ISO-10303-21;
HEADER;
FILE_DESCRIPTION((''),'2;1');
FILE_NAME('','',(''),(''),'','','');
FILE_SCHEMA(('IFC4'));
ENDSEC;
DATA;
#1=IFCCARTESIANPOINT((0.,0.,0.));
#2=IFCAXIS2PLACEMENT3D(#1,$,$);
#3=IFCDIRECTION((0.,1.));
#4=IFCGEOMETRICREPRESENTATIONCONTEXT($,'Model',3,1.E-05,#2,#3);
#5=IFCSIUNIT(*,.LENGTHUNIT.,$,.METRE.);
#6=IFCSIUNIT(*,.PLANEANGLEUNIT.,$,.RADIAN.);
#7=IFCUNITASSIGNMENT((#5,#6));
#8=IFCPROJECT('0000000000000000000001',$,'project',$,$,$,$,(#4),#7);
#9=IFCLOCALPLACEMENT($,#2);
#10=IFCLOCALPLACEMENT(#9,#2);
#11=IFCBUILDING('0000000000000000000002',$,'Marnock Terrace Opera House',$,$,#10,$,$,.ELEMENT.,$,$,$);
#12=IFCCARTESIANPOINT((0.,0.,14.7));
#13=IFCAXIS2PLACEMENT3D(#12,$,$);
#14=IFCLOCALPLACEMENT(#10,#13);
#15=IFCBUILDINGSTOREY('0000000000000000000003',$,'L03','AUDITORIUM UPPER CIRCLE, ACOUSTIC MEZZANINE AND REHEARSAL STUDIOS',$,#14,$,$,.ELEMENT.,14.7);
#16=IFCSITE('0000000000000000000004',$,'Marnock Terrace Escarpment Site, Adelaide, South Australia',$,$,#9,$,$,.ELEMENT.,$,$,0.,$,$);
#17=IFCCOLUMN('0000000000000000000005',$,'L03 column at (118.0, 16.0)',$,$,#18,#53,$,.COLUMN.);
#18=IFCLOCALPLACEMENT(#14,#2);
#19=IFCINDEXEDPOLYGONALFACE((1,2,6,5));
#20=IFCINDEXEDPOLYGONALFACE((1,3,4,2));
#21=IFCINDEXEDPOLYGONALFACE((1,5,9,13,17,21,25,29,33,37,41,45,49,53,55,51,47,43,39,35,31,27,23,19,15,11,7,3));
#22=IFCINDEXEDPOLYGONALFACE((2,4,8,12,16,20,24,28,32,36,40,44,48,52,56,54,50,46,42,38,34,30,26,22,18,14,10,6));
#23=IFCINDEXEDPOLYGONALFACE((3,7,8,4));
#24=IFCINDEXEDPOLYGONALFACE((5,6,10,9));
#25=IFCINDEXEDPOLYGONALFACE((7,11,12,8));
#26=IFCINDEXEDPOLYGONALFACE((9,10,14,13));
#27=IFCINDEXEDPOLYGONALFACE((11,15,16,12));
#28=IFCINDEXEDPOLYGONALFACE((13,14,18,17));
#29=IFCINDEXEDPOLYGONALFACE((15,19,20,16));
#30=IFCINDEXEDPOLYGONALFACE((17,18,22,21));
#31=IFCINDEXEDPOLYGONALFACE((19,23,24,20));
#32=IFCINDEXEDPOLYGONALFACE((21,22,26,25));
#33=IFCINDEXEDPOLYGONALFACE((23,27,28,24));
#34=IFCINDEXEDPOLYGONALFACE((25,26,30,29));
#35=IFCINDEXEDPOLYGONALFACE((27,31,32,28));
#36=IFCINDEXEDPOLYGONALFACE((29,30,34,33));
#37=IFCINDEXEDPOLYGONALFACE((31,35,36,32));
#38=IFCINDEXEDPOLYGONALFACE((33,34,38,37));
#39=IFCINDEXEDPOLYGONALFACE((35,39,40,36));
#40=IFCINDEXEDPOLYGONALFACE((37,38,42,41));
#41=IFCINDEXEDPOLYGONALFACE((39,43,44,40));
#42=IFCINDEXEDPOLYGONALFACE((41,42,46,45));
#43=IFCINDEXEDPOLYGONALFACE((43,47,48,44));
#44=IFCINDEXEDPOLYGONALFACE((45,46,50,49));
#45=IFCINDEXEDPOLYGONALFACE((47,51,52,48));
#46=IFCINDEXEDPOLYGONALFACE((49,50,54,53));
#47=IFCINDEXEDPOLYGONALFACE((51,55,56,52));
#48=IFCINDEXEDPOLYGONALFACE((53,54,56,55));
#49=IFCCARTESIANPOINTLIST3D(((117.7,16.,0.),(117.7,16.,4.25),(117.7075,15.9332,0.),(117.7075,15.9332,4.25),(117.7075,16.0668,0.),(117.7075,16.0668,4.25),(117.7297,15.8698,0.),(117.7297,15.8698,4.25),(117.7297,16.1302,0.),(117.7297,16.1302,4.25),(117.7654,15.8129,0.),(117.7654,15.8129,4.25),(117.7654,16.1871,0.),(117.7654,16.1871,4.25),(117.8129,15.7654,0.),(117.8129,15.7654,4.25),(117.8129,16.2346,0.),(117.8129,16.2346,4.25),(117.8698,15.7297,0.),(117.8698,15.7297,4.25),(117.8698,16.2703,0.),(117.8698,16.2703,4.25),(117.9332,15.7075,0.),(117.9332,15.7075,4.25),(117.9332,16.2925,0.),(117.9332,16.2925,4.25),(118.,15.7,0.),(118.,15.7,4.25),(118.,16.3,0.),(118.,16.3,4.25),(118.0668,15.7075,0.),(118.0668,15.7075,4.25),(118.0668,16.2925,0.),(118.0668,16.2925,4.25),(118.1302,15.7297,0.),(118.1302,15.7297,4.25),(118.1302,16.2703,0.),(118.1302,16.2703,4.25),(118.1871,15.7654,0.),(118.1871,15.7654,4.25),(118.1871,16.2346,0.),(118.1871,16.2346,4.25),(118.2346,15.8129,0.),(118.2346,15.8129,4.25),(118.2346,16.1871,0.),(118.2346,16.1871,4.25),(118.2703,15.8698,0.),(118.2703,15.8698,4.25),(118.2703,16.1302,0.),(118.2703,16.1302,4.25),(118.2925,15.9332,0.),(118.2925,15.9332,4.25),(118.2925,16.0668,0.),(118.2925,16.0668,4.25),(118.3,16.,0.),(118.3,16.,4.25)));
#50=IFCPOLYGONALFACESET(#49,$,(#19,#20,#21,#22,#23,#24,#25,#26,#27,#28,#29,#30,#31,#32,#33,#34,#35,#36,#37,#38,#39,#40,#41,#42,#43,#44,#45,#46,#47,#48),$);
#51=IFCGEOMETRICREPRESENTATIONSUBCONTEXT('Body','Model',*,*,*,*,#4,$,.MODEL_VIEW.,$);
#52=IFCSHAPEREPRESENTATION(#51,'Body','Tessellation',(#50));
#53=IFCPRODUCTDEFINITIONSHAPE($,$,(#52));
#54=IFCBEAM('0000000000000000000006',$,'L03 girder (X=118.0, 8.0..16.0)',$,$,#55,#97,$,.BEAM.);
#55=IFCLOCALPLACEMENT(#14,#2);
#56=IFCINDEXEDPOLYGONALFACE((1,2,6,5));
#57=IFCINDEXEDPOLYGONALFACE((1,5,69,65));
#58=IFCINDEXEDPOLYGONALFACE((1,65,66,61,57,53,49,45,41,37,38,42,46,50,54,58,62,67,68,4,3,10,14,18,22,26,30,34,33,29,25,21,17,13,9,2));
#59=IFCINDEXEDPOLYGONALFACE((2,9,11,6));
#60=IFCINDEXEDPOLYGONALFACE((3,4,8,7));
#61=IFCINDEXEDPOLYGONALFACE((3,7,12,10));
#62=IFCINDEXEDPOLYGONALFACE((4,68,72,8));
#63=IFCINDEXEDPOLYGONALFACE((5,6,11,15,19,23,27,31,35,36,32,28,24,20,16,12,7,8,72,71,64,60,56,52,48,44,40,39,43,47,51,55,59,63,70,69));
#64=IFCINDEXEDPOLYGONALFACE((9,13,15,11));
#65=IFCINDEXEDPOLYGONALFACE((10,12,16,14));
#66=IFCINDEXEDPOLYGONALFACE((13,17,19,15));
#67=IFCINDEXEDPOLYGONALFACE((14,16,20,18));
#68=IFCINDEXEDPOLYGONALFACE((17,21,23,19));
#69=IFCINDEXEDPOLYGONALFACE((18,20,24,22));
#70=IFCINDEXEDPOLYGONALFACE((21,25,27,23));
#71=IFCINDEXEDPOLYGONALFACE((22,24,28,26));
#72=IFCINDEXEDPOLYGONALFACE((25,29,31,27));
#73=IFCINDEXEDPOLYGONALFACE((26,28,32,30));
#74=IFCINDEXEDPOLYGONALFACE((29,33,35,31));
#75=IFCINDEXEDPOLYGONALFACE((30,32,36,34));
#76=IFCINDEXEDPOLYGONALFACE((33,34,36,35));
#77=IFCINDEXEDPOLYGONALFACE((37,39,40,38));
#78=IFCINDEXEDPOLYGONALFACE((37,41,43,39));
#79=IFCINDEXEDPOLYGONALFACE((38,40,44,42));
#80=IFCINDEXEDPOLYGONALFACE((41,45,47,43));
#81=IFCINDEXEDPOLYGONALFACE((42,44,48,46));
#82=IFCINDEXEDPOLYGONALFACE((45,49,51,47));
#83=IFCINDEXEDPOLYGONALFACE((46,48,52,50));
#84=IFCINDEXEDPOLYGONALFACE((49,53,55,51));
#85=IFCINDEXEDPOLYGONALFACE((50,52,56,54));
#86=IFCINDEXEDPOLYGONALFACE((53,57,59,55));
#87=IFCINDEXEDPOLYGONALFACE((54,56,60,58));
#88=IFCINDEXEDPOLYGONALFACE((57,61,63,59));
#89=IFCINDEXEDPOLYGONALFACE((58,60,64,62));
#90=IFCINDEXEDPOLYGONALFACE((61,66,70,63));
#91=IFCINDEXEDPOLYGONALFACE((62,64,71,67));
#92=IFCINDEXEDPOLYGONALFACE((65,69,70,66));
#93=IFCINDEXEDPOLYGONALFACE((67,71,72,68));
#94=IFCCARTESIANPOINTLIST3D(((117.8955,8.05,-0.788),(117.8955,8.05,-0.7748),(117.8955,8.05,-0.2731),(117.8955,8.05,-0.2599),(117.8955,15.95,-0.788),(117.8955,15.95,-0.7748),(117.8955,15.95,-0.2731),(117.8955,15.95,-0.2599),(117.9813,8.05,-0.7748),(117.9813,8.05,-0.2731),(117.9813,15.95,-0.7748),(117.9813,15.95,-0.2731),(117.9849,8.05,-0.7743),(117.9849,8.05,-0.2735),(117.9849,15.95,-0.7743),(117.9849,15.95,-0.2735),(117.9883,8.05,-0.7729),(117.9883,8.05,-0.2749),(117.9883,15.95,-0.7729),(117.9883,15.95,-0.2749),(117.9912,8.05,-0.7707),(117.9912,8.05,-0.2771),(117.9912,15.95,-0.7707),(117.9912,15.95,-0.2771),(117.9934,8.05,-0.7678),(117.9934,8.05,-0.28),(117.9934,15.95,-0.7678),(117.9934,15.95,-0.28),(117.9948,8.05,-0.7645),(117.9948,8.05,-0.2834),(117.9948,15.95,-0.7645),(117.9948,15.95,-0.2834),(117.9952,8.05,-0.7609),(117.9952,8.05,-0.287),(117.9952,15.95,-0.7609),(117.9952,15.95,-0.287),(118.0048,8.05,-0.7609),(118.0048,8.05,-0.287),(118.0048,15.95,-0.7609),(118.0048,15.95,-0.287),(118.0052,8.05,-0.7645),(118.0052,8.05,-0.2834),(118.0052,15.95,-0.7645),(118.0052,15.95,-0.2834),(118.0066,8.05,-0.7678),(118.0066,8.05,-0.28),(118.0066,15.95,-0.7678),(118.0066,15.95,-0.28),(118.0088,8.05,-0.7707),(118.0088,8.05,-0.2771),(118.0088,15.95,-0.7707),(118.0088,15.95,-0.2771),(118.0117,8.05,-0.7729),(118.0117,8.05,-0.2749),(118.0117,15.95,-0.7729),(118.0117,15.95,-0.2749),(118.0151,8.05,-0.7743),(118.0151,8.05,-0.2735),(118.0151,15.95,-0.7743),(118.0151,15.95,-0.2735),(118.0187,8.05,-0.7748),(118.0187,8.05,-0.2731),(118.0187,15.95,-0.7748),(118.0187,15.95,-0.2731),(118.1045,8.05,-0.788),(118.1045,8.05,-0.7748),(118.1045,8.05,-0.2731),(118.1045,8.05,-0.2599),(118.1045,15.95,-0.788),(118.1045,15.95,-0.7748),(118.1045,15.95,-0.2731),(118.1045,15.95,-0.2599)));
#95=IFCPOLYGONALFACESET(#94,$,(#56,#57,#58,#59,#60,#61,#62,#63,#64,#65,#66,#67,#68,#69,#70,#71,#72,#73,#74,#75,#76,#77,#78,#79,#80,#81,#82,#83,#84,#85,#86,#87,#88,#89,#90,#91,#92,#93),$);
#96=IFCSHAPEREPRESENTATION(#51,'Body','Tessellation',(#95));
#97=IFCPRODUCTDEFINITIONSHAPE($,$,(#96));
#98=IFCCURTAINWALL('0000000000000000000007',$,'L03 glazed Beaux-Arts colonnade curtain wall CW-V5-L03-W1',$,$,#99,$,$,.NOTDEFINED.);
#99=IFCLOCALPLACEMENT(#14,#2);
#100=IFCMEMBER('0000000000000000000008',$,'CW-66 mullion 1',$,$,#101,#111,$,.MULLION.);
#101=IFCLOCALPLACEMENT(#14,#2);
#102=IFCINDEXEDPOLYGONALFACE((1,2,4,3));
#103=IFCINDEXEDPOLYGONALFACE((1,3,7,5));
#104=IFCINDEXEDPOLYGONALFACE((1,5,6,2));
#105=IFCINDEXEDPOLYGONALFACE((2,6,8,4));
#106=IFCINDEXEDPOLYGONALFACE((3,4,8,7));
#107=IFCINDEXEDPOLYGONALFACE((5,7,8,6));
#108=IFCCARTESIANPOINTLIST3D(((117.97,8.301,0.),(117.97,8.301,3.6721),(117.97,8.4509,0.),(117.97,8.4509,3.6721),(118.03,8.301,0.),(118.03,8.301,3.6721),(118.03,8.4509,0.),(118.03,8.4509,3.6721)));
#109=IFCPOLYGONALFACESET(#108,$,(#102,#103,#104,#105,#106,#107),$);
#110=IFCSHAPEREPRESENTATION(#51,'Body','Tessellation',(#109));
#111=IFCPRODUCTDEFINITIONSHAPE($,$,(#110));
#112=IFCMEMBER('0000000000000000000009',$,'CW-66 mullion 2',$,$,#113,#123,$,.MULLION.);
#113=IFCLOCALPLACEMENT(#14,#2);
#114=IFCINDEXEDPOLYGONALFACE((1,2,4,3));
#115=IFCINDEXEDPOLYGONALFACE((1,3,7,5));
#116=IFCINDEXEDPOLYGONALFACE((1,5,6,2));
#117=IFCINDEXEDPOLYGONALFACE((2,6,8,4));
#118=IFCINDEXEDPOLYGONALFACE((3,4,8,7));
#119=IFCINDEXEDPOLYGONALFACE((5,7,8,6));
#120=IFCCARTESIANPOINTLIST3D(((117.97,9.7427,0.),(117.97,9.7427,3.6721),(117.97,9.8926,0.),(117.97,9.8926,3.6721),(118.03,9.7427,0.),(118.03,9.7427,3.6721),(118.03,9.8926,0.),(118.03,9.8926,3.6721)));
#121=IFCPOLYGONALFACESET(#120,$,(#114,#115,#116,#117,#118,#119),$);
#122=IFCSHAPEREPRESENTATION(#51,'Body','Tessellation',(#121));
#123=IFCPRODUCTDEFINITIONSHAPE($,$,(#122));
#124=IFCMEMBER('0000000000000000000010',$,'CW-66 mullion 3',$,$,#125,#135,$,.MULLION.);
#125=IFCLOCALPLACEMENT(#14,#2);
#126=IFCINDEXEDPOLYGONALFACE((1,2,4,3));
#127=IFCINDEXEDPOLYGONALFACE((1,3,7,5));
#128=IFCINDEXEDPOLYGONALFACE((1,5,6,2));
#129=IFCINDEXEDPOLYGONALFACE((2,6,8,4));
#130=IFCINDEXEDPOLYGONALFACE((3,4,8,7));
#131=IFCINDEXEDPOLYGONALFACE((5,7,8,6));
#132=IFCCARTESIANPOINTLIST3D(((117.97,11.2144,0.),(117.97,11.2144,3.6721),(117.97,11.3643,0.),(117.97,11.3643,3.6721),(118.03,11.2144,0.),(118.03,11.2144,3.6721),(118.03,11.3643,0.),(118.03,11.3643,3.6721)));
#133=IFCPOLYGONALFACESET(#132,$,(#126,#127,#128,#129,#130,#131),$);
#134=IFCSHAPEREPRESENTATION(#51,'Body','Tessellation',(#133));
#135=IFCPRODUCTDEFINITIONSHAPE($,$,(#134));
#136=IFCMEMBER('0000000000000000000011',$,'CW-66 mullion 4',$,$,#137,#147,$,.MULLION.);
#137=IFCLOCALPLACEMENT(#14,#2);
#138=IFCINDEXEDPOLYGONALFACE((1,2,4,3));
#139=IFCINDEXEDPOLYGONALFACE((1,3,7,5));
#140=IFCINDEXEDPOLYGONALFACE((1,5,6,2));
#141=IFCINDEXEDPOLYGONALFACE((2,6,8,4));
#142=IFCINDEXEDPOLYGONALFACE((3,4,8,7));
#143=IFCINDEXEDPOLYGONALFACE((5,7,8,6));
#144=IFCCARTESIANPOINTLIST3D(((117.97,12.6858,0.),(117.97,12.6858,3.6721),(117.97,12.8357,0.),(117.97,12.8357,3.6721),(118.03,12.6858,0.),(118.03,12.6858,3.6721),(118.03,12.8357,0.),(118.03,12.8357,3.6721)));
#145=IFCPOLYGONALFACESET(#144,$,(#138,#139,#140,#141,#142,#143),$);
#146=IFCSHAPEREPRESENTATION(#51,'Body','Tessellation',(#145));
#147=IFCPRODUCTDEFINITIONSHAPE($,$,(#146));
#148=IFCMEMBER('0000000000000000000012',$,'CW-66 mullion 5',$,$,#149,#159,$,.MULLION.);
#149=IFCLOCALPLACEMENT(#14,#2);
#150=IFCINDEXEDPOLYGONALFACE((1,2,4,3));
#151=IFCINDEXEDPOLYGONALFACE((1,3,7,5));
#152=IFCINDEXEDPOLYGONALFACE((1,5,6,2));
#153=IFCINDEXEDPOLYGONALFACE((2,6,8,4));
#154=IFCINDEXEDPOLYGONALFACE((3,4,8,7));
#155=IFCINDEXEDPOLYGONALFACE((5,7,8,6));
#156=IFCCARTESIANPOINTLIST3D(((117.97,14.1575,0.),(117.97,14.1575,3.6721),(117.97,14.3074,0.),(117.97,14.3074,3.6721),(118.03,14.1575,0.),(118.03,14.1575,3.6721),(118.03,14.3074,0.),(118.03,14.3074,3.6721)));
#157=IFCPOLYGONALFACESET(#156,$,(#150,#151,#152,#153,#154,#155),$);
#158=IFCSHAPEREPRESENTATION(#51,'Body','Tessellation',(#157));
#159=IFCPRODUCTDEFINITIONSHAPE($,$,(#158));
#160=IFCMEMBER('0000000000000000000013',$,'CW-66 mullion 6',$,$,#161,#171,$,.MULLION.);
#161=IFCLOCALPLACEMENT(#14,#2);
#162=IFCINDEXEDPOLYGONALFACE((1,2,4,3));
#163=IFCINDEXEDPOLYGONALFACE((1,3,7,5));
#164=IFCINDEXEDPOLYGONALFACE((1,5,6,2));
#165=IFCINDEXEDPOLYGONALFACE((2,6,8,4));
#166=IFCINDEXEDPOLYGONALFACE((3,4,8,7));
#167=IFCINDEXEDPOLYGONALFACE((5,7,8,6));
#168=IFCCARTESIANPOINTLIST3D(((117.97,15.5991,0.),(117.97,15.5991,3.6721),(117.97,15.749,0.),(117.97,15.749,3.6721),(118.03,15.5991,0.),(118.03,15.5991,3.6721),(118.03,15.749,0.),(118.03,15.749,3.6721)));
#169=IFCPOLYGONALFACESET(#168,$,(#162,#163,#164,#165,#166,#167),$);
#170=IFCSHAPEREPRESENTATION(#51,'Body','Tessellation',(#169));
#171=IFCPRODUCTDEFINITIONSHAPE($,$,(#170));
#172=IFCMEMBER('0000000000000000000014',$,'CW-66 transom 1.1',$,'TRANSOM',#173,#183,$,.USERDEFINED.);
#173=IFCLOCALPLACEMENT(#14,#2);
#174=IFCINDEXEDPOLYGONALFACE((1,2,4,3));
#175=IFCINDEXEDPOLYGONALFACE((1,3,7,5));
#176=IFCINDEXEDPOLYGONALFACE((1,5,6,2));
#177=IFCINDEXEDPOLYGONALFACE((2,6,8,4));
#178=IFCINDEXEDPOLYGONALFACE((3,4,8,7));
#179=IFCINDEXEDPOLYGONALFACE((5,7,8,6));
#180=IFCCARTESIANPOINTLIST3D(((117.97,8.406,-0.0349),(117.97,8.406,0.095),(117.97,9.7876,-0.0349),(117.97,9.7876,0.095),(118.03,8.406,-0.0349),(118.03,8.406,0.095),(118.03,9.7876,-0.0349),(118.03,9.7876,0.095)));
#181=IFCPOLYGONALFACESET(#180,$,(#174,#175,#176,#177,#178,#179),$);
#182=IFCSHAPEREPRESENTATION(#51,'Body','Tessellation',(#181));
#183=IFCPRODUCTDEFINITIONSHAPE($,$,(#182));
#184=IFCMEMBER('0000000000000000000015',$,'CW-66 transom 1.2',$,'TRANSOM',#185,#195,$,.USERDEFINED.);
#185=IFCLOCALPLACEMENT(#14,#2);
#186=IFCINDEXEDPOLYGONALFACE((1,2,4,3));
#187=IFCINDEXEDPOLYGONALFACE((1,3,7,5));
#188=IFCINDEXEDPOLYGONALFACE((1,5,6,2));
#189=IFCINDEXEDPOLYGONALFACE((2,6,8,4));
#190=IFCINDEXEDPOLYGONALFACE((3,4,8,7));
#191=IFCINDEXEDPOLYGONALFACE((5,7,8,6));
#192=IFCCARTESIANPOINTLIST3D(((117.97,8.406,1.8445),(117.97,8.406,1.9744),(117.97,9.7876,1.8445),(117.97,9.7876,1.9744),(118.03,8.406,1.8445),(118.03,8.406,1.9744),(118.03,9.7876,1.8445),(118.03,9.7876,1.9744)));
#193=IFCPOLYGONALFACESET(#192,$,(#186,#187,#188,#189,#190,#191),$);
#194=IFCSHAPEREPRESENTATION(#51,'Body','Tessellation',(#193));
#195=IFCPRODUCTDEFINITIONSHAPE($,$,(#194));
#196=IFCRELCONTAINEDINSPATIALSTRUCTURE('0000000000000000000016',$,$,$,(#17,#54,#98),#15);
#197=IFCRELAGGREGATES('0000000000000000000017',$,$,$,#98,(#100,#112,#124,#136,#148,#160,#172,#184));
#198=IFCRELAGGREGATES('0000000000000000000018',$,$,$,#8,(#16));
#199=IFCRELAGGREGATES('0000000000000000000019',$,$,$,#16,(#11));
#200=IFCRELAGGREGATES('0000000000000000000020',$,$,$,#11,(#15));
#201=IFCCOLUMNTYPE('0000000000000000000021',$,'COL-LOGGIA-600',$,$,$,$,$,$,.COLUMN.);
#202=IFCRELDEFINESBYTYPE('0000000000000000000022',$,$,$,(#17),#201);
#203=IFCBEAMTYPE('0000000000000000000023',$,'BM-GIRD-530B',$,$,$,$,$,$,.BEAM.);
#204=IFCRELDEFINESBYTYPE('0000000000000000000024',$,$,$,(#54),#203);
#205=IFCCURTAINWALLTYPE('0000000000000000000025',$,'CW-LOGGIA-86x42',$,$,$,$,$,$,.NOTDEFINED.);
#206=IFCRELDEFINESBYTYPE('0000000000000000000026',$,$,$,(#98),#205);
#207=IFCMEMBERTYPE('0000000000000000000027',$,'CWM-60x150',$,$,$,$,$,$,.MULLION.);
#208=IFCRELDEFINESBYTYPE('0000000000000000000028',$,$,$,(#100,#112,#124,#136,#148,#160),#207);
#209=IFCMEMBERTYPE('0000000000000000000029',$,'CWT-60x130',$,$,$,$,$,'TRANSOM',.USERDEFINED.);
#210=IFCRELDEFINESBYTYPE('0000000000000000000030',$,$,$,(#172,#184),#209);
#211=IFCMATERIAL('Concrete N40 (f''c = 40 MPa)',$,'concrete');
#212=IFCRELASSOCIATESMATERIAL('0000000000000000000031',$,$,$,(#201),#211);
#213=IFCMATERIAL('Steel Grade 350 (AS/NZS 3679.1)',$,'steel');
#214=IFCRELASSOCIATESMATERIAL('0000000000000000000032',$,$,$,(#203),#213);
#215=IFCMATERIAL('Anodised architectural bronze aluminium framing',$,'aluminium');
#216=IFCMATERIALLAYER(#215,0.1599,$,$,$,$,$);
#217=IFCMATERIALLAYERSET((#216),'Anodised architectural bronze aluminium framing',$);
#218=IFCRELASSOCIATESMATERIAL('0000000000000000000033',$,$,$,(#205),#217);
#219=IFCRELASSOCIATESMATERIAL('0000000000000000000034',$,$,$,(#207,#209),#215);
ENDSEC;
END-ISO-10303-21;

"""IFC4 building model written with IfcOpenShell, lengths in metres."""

from ifc_helpers import new_model, si_unit, direction, frame, origin, origin_2d, place, context, subcontext, project, spatial, rectangle, circle, i_section, extrude, material, layer, layer_set, material_profile, profile_set, type_object, element, aggregate, save


model = new_model("IFC4")

# Units and contexts
model_context = context("Model", 3, precision=1e-05, world=origin(), true_north=direction((0.0, 1.0)))
body_context = subcontext(model_context, "Body", "Model", "MODEL_VIEW")
ifc_project = project(units=[si_unit("LENGTHUNIT", "METRE"), si_unit("PLANEANGLEUNIT", "RADIAN")], contexts=[model_context])

# Site, building, storey
site_placement = place(None, origin())
site = spatial("IfcSite", under=ifc_project, at=site_placement, Name="Marnock Terrace Escarpment Site, Adelaide, South Australia", CompositionType="ELEMENT", RefElevation=0.0)
building_placement = place(site_placement, origin())
building = spatial("IfcBuilding", under=site, at=building_placement, Name="Marnock Terrace Opera House", CompositionType="ELEMENT")
storey_placement = place(building_placement, frame((0.0, 0.0, 14.7)))
storey = spatial("IfcBuildingStorey", under=building, at=storey_placement, Name="L03", Description="AUDITORIUM UPPER CIRCLE, ACOUSTIC MEZZANINE AND REHEARSAL STUDIOS", CompositionType="ELEMENT", Elevation=14.7)

# Column
ifc_material_1 = material(Name="Concrete N40 (f'c = 40 MPa)", Category="concrete")
ifc_material_profile_1 = material_profile(ifc_material_1, circle(Radius=0.3, at=origin_2d()))
ifc_profile_set_1 = profile_set([ifc_material_profile_1], Name="Concrete N40 (f'c = 40 MPa)")
column_type = type_object("IfcColumnType", Name="COL-LOGGIA-600", PredefinedType="COLUMN", material=ifc_profile_set_1)
column_placement = place(storey_placement, frame((118.0, 16.0, 0.0), z_axis=(0.0, 0.0, 1.0), x_axis=(1.0, 0.0, 0.0)))
element("IfcColumn", 1, at=column_placement, inside=storey, type_object=column_type, Name="L03 column at (118.0, 16.0)", PredefinedType="COLUMN", context=body_context, shape_type="SweptSolid", body=[
    extrude(circle(Radius=0.3, at=origin_2d()), origin(), (0.0, 0.0, 1.0), 4.25),
])

# Beam
ifc_material_2 = material(Name="Steel Grade 350 (AS/NZS 3679.1)", Category="steel")
ifc_material_profile_2 = material_profile(ifc_material_2, i_section(OverallWidth=0.209, OverallDepth=0.5281, WebThickness=0.0095, FlangeThickness=0.0132, FilletRadius=0.0139, at=origin_2d()))
ifc_profile_set_2 = profile_set([ifc_material_profile_2], Name="Steel Grade 350 (AS/NZS 3679.1)")
beam_type = type_object("IfcBeamType", Name="BM-GIRD-530B", PredefinedType="BEAM", material=ifc_profile_set_2)
beam_placement = place(storey_placement, frame((118.0, 8.05, -0.5239), z_axis=(0.0, 1.0, 0.0), x_axis=(-1.0, 0.0, 0.0)))
element("IfcBeam", 2, at=beam_placement, inside=storey, type_object=beam_type, Name="L03 girder (X=118.0, 8.0..16.0)", PredefinedType="BEAM", context=body_context, shape_type="SweptSolid", body=[
    extrude(i_section(OverallWidth=0.209, OverallDepth=0.5281, WebThickness=0.0095, FlangeThickness=0.0132, FilletRadius=0.0139, at=origin_2d()), origin(), (0.0, 0.0, 1.0), 7.8999),
])

# Curtain wall, members
ifc_material_3 = material(Name="Anodised architectural bronze aluminium framing", Category="aluminium")
ifc_layer_1 = layer(ifc_material_3, 0.1599)
ifc_layer_set_1 = layer_set([ifc_layer_1], Name="Anodised architectural bronze aluminium framing")
curtain_wall_type = type_object("IfcCurtainWallType", Name="CW-LOGGIA-86x42", PredefinedType="NOTDEFINED", material=ifc_layer_set_1)
curtain_wall_placement = place(storey_placement, origin())
curtain_wall = element("IfcCurtainWall", 3, at=curtain_wall_placement, inside=storey, type_object=curtain_wall_type, Name="L03 glazed Beaux-Arts colonnade curtain wall CW-V5-L03-W1", PredefinedType="NOTDEFINED")
ifc_material_profile_3 = material_profile(ifc_material_3, rectangle(XDim=0.0601, YDim=0.1499, at=origin_2d()))
ifc_profile_set_3 = profile_set([ifc_material_profile_3], Name="Anodised architectural bronze aluminium framing")
member_type_1 = type_object("IfcMemberType", Name="CWM-60x150", PredefinedType="MULLION", material=ifc_profile_set_3)
member_1_placement = place(storey_placement, frame((118.0, 8.376, 0.0), z_axis=(0.0, 0.0, 1.0), x_axis=(-1.0, 0.0, 0.0)))
member_1 = element("IfcMember", 4, at=member_1_placement, type_object=member_type_1, Name="CW-66 mullion 1", PredefinedType="MULLION", context=body_context, shape_type="SweptSolid", body=[
    extrude(rectangle(XDim=0.0601, YDim=0.1499, at=origin_2d()), origin(), (0.0, 0.0, 1.0), 3.6721),
])
member_2_placement = place(storey_placement, frame((118.0, 9.8176, 0.0), z_axis=(0.0, 0.0, 1.0), x_axis=(-1.0, 0.0, 0.0)))
member_2 = element("IfcMember", 5, at=member_2_placement, type_object=member_type_1, Name="CW-66 mullion 2", PredefinedType="MULLION", context=body_context, shape_type="SweptSolid", body=[
    extrude(rectangle(XDim=0.0601, YDim=0.1499, at=origin_2d()), origin(), (0.0, 0.0, 1.0), 3.6721),
])
member_3_placement = place(storey_placement, frame((118.0, 11.2893, 0.0), z_axis=(0.0, 0.0, 1.0), x_axis=(-1.0, 0.0, 0.0)))
member_3 = element("IfcMember", 6, at=member_3_placement, type_object=member_type_1, Name="CW-66 mullion 3", PredefinedType="MULLION", context=body_context, shape_type="SweptSolid", body=[
    extrude(rectangle(XDim=0.0601, YDim=0.1499, at=origin_2d()), origin(), (0.0, 0.0, 1.0), 3.6721),
])
member_4_placement = place(storey_placement, frame((118.0, 12.7607, 0.0), z_axis=(0.0, 0.0, 1.0), x_axis=(-1.0, 0.0, 0.0)))
member_4 = element("IfcMember", 7, at=member_4_placement, type_object=member_type_1, Name="CW-66 mullion 4", PredefinedType="MULLION", context=body_context, shape_type="SweptSolid", body=[
    extrude(rectangle(XDim=0.0601, YDim=0.1499, at=origin_2d()), origin(), (0.0, 0.0, 1.0), 3.6721),
])
member_5_placement = place(storey_placement, frame((118.0, 14.2324, 0.0), z_axis=(0.0, 0.0, 1.0), x_axis=(-1.0, 0.0, 0.0)))
member_5 = element("IfcMember", 8, at=member_5_placement, type_object=member_type_1, Name="CW-66 mullion 5", PredefinedType="MULLION", context=body_context, shape_type="SweptSolid", body=[
    extrude(rectangle(XDim=0.0601, YDim=0.1499, at=origin_2d()), origin(), (0.0, 0.0, 1.0), 3.6721),
])
member_6_placement = place(storey_placement, frame((118.0, 15.6741, 0.0), z_axis=(0.0, 0.0, 1.0), x_axis=(-1.0, 0.0, 0.0)))
member_6 = element("IfcMember", 9, at=member_6_placement, type_object=member_type_1, Name="CW-66 mullion 6", PredefinedType="MULLION", context=body_context, shape_type="SweptSolid", body=[
    extrude(rectangle(XDim=0.0601, YDim=0.1499, at=origin_2d()), origin(), (0.0, 0.0, 1.0), 3.6721),
])
ifc_material_profile_4 = material_profile(ifc_material_3, rectangle(XDim=0.0601, YDim=0.1299, at=origin_2d()))
ifc_profile_set_4 = profile_set([ifc_material_profile_4], Name="Anodised architectural bronze aluminium framing")
member_type_2 = type_object("IfcMemberType", Name="CWT-60x130", ElementType="TRANSOM", PredefinedType="USERDEFINED", material=ifc_profile_set_4)
member_7_placement = place(storey_placement, frame((118.0, 8.406, 0.03), z_axis=(0.0, 1.0, 0.0), x_axis=(-1.0, 0.0, 0.0)))
member_7 = element("IfcMember", 10, at=member_7_placement, type_object=member_type_2, Name="CW-66 transom 1.1", ObjectType="TRANSOM", PredefinedType="USERDEFINED", context=body_context, shape_type="SweptSolid", body=[
    extrude(rectangle(XDim=0.0601, YDim=0.1299, at=origin_2d()), origin(), (0.0, 0.0, 1.0), 1.3816),
])
member_8_placement = place(storey_placement, frame((118.0, 8.406, 1.9094), z_axis=(0.0, 1.0, 0.0), x_axis=(-1.0, 0.0, 0.0)))
member_8 = element("IfcMember", 11, at=member_8_placement, type_object=member_type_2, Name="CW-66 transom 1.2", ObjectType="TRANSOM", PredefinedType="USERDEFINED", context=body_context, shape_type="SweptSolid", body=[
    extrude(rectangle(XDim=0.0601, YDim=0.1299, at=origin_2d()), origin(), (0.0, 0.0, 1.0), 1.3816),
])
aggregate(curtain_wall, [member_1, member_2, member_3, member_4, member_5, member_6, member_7, member_8])

save(model, "model.ifc")
